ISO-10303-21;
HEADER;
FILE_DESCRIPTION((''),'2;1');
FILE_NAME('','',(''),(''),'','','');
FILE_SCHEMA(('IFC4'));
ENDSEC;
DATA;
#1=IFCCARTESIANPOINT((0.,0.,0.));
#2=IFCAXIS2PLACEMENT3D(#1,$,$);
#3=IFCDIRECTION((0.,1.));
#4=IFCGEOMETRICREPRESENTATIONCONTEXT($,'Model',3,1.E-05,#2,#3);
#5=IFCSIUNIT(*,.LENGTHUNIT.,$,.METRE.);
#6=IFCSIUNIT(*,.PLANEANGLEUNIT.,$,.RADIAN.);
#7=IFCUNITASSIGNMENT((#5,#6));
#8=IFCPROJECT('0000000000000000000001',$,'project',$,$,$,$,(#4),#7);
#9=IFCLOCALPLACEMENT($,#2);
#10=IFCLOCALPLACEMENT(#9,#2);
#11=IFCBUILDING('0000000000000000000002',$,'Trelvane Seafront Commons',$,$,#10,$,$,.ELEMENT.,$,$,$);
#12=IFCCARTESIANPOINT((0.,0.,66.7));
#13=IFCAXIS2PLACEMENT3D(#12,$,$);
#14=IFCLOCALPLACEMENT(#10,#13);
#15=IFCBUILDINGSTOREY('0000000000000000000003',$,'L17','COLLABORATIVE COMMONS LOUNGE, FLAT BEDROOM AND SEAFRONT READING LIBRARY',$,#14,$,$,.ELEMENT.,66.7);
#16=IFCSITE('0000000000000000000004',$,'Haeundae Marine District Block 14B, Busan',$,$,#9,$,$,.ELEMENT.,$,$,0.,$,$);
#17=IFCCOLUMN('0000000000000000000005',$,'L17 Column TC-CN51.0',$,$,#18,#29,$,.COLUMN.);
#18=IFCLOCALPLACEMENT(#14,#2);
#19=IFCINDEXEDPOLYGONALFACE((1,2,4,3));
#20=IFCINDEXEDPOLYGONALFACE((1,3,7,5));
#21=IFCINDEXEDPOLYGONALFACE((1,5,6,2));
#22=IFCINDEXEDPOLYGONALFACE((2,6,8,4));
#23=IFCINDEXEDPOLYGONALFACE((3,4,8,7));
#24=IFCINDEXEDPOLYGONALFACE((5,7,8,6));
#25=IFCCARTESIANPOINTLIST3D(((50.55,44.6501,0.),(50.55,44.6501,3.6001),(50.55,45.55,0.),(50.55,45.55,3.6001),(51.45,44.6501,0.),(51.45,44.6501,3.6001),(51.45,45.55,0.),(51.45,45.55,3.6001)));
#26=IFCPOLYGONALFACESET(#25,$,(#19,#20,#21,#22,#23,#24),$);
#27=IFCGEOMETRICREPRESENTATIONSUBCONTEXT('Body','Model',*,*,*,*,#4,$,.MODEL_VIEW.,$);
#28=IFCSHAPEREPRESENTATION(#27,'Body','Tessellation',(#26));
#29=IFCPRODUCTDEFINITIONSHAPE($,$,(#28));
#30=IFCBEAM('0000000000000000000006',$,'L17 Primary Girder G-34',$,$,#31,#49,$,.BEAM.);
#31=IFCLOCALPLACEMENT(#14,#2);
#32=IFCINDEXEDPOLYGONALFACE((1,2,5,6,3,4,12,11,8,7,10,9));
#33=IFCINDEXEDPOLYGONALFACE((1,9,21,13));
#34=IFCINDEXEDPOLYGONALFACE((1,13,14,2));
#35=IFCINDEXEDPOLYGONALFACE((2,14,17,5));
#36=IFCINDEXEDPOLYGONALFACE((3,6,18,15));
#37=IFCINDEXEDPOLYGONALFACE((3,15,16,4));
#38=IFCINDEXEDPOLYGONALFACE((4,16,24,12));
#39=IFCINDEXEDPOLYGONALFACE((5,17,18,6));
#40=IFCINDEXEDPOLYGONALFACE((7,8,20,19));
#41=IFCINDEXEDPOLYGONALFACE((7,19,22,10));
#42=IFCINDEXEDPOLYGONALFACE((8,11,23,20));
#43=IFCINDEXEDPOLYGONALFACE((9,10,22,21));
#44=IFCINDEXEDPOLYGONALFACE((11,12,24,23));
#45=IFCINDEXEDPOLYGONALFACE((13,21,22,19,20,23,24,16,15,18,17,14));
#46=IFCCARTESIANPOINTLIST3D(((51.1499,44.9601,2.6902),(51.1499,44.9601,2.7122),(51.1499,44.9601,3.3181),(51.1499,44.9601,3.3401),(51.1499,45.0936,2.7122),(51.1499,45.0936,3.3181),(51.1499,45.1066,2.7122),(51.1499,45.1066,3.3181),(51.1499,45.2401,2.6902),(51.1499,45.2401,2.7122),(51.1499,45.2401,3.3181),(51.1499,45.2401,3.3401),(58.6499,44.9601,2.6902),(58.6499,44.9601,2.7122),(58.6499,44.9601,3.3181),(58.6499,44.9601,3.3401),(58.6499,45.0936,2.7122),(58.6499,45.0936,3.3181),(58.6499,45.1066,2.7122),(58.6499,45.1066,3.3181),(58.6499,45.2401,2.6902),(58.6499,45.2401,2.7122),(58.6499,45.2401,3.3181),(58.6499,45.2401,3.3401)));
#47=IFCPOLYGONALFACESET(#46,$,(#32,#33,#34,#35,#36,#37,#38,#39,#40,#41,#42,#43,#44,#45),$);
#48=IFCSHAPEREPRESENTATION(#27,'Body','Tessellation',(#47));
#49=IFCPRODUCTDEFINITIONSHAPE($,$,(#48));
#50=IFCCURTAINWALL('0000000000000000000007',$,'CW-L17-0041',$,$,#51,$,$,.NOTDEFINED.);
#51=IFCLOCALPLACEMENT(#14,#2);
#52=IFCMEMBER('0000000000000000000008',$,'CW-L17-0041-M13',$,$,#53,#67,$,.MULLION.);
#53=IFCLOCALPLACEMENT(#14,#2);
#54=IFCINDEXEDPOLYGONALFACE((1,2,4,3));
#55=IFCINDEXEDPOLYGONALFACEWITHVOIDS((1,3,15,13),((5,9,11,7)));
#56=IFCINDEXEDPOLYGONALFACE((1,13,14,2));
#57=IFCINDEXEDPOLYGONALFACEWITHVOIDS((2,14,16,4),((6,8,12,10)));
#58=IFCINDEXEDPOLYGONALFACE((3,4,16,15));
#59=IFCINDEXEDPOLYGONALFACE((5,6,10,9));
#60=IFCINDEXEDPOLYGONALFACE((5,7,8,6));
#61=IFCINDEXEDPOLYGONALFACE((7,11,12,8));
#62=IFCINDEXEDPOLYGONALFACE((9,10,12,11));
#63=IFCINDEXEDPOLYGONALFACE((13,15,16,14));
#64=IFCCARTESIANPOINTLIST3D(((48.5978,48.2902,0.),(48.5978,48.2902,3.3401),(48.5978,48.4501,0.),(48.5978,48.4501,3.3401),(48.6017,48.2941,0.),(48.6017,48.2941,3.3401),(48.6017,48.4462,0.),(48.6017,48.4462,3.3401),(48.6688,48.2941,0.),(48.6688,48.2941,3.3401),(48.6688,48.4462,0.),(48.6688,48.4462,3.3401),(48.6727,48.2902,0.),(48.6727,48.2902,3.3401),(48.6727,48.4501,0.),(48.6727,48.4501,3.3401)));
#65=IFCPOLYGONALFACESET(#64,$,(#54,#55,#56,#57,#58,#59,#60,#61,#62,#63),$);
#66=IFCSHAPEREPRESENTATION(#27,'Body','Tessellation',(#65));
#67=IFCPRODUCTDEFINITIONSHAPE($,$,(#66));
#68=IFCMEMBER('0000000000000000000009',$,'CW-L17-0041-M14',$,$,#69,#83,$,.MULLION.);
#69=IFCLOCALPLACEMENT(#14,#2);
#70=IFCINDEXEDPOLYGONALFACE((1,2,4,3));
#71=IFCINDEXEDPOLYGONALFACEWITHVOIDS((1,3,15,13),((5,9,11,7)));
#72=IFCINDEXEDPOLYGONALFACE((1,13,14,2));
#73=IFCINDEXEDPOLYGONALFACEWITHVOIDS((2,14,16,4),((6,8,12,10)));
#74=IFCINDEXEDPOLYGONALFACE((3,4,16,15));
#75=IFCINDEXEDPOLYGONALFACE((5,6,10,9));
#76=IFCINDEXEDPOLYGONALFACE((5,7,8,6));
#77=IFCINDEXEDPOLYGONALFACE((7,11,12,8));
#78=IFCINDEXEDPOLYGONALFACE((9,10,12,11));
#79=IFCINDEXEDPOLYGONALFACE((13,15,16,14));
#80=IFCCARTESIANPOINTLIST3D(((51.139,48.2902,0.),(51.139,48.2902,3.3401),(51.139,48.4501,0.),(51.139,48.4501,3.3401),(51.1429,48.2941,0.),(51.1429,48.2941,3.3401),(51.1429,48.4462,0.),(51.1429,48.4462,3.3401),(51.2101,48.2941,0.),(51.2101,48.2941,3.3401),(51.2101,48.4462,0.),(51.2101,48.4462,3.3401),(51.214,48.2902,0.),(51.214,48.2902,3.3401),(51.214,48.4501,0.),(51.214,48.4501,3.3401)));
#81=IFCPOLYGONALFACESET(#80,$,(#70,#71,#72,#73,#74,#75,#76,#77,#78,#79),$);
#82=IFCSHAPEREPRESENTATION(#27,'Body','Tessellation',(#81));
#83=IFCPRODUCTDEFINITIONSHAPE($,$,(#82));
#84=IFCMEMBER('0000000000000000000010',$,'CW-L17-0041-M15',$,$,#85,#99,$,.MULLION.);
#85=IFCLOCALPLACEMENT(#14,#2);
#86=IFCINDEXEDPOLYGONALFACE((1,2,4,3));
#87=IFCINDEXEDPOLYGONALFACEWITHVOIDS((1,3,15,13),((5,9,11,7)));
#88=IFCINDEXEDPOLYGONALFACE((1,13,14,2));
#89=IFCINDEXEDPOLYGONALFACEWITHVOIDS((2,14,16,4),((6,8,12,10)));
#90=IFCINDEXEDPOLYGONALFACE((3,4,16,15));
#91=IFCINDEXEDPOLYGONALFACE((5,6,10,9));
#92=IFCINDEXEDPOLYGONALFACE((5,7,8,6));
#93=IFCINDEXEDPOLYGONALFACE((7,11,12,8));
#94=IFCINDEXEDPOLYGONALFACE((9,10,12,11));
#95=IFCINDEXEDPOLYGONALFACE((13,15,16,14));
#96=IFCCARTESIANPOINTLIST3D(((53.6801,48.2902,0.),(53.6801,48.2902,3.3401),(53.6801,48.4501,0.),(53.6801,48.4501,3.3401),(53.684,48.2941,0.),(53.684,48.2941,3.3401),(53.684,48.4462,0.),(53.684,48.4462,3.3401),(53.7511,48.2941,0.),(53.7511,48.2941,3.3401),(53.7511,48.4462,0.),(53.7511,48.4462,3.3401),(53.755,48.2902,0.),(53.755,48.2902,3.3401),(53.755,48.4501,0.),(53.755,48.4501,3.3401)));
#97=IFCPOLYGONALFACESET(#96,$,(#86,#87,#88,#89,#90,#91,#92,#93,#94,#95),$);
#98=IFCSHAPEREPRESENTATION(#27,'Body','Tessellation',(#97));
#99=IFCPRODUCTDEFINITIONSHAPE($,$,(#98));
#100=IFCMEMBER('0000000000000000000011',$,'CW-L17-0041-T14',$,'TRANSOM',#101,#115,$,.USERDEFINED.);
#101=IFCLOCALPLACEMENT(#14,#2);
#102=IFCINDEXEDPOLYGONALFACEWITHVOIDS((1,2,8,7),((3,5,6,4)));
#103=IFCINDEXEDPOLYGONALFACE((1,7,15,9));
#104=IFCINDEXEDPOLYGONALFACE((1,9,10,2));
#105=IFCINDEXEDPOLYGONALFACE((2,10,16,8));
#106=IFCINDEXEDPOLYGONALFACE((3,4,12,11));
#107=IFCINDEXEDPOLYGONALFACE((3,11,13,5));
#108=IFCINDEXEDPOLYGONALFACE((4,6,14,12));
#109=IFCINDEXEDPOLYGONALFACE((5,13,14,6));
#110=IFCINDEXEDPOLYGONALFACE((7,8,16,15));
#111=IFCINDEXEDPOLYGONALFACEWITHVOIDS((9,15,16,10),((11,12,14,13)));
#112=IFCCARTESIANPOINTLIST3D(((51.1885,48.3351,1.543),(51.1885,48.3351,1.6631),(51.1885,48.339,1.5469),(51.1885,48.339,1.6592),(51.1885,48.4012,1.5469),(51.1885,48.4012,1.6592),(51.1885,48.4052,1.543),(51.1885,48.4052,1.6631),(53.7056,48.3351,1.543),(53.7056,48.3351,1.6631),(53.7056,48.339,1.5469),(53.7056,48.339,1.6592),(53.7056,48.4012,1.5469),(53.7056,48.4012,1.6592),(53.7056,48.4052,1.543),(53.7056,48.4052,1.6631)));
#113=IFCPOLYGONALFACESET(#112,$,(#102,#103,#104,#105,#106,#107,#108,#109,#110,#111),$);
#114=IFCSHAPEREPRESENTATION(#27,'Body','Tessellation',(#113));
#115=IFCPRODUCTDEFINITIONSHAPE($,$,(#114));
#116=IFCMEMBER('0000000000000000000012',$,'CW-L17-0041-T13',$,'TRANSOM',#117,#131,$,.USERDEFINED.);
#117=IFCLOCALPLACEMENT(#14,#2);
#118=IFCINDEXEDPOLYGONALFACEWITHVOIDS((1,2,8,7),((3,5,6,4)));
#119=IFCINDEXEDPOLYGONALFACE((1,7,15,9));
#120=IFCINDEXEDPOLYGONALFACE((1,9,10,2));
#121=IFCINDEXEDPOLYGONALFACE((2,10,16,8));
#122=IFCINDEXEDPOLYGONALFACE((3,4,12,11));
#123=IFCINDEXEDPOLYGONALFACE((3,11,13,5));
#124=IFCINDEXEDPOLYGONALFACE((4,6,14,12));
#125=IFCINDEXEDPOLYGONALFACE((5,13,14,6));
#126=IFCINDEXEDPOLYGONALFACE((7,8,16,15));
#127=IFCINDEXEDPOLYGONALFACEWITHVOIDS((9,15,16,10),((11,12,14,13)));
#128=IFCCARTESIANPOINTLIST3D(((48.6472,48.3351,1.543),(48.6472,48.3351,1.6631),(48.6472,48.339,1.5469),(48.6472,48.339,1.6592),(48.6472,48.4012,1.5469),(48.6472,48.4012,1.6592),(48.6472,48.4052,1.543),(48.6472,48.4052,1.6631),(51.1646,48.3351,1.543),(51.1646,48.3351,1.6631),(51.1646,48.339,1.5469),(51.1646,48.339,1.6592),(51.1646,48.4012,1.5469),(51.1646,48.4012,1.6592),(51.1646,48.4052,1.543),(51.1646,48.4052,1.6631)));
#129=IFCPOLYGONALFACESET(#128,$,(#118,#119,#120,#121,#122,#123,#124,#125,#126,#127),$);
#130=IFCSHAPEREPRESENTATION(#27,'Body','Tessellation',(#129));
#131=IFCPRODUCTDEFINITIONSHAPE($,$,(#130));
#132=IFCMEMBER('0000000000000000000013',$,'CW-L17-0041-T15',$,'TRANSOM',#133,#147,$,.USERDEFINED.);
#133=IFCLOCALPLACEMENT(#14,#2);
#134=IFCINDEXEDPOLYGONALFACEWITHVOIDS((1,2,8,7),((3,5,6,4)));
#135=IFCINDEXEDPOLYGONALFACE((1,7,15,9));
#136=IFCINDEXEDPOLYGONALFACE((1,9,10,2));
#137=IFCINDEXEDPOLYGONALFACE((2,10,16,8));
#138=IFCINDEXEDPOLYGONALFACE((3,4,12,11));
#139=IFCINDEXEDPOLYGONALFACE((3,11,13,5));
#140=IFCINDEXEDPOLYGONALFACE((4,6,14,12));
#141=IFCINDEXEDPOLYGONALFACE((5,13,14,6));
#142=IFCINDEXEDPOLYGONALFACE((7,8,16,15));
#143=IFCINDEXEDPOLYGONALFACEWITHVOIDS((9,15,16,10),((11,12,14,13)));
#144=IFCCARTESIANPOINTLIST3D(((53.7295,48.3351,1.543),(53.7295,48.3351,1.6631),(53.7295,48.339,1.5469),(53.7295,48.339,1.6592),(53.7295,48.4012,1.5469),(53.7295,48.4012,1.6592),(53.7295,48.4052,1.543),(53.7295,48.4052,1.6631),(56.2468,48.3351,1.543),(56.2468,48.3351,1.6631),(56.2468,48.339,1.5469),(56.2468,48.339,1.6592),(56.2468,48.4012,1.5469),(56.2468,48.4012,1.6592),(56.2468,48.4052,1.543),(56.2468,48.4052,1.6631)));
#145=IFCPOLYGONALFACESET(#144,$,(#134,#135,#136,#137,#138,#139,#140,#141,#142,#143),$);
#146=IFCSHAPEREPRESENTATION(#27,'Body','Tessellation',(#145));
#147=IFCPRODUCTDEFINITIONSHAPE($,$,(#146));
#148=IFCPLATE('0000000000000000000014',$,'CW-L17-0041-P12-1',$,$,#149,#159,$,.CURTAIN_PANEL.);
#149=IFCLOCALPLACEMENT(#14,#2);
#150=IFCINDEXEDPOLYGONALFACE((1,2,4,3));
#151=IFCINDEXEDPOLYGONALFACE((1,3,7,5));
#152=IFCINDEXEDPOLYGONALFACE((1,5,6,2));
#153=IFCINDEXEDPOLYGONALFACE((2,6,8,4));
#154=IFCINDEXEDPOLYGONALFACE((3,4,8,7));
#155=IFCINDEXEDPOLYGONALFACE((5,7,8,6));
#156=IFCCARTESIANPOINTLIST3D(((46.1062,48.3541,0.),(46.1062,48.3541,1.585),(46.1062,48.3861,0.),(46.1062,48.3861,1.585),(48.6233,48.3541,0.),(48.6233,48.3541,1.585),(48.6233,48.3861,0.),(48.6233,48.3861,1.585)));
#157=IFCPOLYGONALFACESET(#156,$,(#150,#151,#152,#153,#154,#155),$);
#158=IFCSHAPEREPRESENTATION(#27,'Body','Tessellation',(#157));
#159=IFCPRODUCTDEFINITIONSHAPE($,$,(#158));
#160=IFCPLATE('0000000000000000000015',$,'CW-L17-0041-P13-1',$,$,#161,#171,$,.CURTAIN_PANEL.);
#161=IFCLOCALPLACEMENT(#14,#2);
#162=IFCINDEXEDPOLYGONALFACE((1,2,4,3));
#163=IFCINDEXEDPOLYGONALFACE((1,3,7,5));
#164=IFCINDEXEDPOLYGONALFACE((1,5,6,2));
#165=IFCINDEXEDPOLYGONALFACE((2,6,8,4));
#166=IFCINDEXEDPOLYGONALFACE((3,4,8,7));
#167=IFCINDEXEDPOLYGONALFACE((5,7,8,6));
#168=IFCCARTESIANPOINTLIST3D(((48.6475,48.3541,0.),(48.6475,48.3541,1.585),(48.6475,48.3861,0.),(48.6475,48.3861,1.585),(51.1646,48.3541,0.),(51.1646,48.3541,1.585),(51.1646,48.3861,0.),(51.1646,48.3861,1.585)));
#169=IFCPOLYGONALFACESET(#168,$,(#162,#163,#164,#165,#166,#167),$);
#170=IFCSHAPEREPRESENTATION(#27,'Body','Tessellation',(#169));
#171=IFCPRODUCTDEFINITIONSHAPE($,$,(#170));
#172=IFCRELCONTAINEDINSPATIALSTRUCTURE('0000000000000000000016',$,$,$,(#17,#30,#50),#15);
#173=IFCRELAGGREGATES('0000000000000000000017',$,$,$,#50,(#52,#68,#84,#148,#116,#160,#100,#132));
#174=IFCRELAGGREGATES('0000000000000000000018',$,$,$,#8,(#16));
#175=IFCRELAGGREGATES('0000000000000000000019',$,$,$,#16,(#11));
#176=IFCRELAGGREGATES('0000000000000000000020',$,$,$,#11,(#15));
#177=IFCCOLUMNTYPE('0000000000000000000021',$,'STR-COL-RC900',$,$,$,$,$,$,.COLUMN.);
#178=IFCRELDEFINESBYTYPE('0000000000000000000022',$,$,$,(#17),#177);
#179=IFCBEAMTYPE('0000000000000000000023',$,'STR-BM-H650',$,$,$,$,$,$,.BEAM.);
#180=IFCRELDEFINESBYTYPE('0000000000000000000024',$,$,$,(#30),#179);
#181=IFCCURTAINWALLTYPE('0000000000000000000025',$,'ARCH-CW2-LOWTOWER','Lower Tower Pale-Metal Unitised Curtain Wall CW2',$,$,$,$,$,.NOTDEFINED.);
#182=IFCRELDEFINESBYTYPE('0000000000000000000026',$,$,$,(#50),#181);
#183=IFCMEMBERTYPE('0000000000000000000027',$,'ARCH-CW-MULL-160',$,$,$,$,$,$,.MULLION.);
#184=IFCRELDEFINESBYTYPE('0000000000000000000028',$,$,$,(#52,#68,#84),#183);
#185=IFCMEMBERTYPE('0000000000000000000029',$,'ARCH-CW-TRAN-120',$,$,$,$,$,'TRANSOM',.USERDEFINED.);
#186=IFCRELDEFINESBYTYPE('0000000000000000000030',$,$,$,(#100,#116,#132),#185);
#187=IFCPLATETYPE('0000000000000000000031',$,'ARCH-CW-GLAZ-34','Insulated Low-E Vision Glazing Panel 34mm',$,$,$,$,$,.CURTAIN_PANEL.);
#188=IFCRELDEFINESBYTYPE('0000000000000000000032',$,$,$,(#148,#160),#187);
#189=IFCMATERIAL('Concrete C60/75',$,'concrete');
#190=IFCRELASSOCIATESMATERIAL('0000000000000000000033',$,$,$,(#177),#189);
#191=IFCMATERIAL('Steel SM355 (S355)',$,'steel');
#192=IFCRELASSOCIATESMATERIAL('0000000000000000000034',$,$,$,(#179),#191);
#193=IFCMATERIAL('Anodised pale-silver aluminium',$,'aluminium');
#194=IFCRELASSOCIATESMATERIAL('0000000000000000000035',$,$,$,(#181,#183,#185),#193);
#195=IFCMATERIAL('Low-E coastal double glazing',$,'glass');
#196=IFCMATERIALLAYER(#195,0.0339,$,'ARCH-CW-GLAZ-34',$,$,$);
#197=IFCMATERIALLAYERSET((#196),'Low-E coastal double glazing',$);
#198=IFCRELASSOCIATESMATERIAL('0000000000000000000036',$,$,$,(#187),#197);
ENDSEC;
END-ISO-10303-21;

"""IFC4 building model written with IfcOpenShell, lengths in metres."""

from ifc_helpers import new_model, si_unit, direction, frame, origin, origin_2d, place, context, subcontext, project, spatial, rectangle, hollow_rectangle, i_section, extrude, source, transform, mapped, material, layer, layer_set, material_profile, profile_set, type_object, element, aggregate, save


model = new_model("IFC4")

# Units and contexts
model_context = context("Model", 3, precision=1e-05, world=origin(), true_north=direction((0.0, 1.0)))
body_context = subcontext(model_context, "Body", "Model", "MODEL_VIEW")
ifc_project = project(units=[si_unit("LENGTHUNIT", "METRE"), si_unit("PLANEANGLEUNIT", "RADIAN")], contexts=[model_context])

# Site, building, storey
site_placement = place(None, origin())
site = spatial("IfcSite", under=ifc_project, at=site_placement, Name="Haeundae Marine District Block 14B, Busan", CompositionType="ELEMENT", RefElevation=0.0)
building_placement = place(site_placement, origin())
building = spatial("IfcBuilding", under=site, at=building_placement, Name="Trelvane Seafront Commons", CompositionType="ELEMENT")
storey_placement = place(building_placement, frame((0.0, 0.0, 66.7)))
storey = spatial("IfcBuildingStorey", under=building, at=storey_placement, Name="L17", Description="COLLABORATIVE COMMONS LOUNGE, FLAT BEDROOM AND SEAFRONT READING LIBRARY", CompositionType="ELEMENT", Elevation=66.7)

# Column
ifc_material_1 = material(Name="Concrete C60/75", Category="concrete")
ifc_material_profile_1 = material_profile(ifc_material_1, rectangle(XDim=0.8999, YDim=0.8999, at=origin_2d()), Name="RC-900x900")
ifc_profile_set_1 = profile_set([ifc_material_profile_1], Name="Concrete C60/75")
column_type = type_object("IfcColumnType", Name="STR-COL-RC900", PredefinedType="COLUMN", material=ifc_profile_set_1)
shared_shape_1 = source(origin(), body_context, "Body", "SweptSolid", [
    extrude(rectangle(XDim=0.8999, YDim=0.8999, at=origin_2d()), origin(), (0.0, 0.0, 1.0), 3.6001),
])
column_placement = place(storey_placement, frame((51.0, 45.1001, 0.0), z_axis=(0.0, 0.0, 1.0), x_axis=(1.0, 0.0, 0.0)))
element("IfcColumn", 1, at=column_placement, inside=storey, type_object=column_type, Name="L17 Column TC-CN51.0", PredefinedType="COLUMN", context=body_context, shape_type="MappedRepresentation", body=[
    mapped(shared_shape_1, transform((0.0, 0.0, 0.0), x_axis=(1.0, 0.0, 0.0), y_axis=(0.0, 1.0, 0.0), z_axis=(0.0, 0.0, 1.0), scale=1.0)),
])

# Beam
ifc_material_2 = material(Name="Steel SM355 (S355)", Category="steel")
ifc_material_profile_2 = material_profile(ifc_material_2, i_section(OverallWidth=0.28, OverallDepth=0.6499, WebThickness=0.0129, FlangeThickness=0.022, at=origin_2d()), Name="H-650x280x13x22")
ifc_profile_set_2 = profile_set([ifc_material_profile_2], Name="Steel SM355 (S355)")
beam_type = type_object("IfcBeamType", Name="STR-BM-H650", PredefinedType="BEAM", material=ifc_profile_set_2)
shared_shape_2 = source(origin(), body_context, "Body", "SweptSolid", [
    extrude(i_section(OverallWidth=0.28, OverallDepth=0.6499, WebThickness=0.0129, FlangeThickness=0.022, at=origin_2d()), origin(), (0.0, 0.0, 1.0), 7.5),
])
beam_placement = place(storey_placement, frame((51.1499, 45.1001, 3.0151), z_axis=(1.0, 0.0, 0.0), x_axis=(0.0, 1.0, 0.0)))
element("IfcBeam", 2, at=beam_placement, inside=storey, type_object=beam_type, Name="L17 Primary Girder G-34", PredefinedType="BEAM", context=body_context, shape_type="MappedRepresentation", body=[
    mapped(shared_shape_2, transform((0.0, 0.0, 0.0), x_axis=(1.0, 0.0, 0.0), y_axis=(0.0, 1.0, 0.0), z_axis=(0.0, 0.0, 1.0), scale=1.0)),
])

# Curtain wall, members, plates
ifc_material_3 = material(Name="Anodised pale-silver aluminium", Category="aluminium")
curtain_wall_type = type_object("IfcCurtainWallType", Name="ARCH-CW2-LOWTOWER", Description="Lower Tower Pale-Metal Unitised Curtain Wall CW2", PredefinedType="NOTDEFINED", material=ifc_material_3)
curtain_wall_placement = place(storey_placement, origin())
curtain_wall = element("IfcCurtainWall", 3, at=curtain_wall_placement, inside=storey, type_object=curtain_wall_type, Name="CW-L17-0041", PredefinedType="NOTDEFINED")
ifc_material_profile_3 = material_profile(ifc_material_3, hollow_rectangle(XDim=0.075, YDim=0.1599, WallThickness=0.0039, at=origin_2d()), Name="MULL-75x160x4")
ifc_profile_set_3 = profile_set([ifc_material_profile_3], Name="Anodised pale-silver aluminium")
member_type_1 = type_object("IfcMemberType", Name="ARCH-CW-MULL-160", PredefinedType="MULLION", material=ifc_profile_set_3)
shared_shape_3 = source(origin(), body_context, "Body", "SweptSolid", [
    extrude(hollow_rectangle(XDim=0.075, YDim=0.1599, WallThickness=0.0039, at=origin_2d()), origin(), (0.0, 0.0, 1.0), 3.3401),
])
member_1_placement = place(storey_placement, frame((48.6353, 48.3701, 0.0), z_axis=(0.0, 0.0, 1.0), x_axis=(1.0, 0.0, 0.0)))
member_1 = element("IfcMember", 4, at=member_1_placement, type_object=member_type_1, Name="CW-L17-0041-M13", PredefinedType="MULLION", context=body_context, shape_type="MappedRepresentation", body=[
    mapped(shared_shape_3, transform((0.0, 0.0, 0.0), x_axis=(1.0, 0.0, 0.0), y_axis=(0.0, 1.0, 0.0), z_axis=(0.0, 0.0, 1.0), scale=1.0)),
])
member_2_placement = place(storey_placement, frame((51.1765, 48.3701, 0.0), z_axis=(0.0, 0.0, 1.0), x_axis=(1.0, 0.0, 0.0)))
member_2 = element("IfcMember", 5, at=member_2_placement, type_object=member_type_1, Name="CW-L17-0041-M14", PredefinedType="MULLION", context=body_context, shape_type="MappedRepresentation", body=[
    mapped(shared_shape_3, transform((0.0, 0.0, 0.0), x_axis=(1.0, 0.0, 0.0), y_axis=(0.0, 1.0, 0.0), z_axis=(0.0, 0.0, 1.0), scale=1.0)),
])
member_3_placement = place(storey_placement, frame((53.7175, 48.3701, 0.0), z_axis=(0.0, 0.0, 1.0), x_axis=(1.0, 0.0, 0.0)))
member_3 = element("IfcMember", 6, at=member_3_placement, type_object=member_type_1, Name="CW-L17-0041-M15", PredefinedType="MULLION", context=body_context, shape_type="MappedRepresentation", body=[
    mapped(shared_shape_3, transform((0.0, 0.0, 0.0), x_axis=(1.0, 0.0, 0.0), y_axis=(0.0, 1.0, 0.0), z_axis=(0.0, 0.0, 1.0), scale=1.0)),
])
ifc_material_profile_4 = material_profile(ifc_material_3, hollow_rectangle(XDim=0.0701, YDim=0.1201, WallThickness=0.0039, at=origin_2d()), Name="TRAN-70x120x4")
ifc_profile_set_4 = profile_set([ifc_material_profile_4], Name="Anodised pale-silver aluminium")
member_type_2 = type_object("IfcMemberType", Name="ARCH-CW-TRAN-120", ElementType="TRANSOM", PredefinedType="USERDEFINED", material=ifc_profile_set_4)
shared_shape_4 = source(origin(), body_context, "Body", "SweptSolid", [
    extrude(hollow_rectangle(XDim=0.0701, YDim=0.1201, WallThickness=0.0039, at=origin_2d()), origin(), (0.0, 0.0, 1.0), 2.5171),
])
member_4_placement = place(storey_placement, frame((51.1885, 48.3701, 1.603), z_axis=(1.0, 0.0, 0.0), x_axis=(0.0, 1.0, 0.0)))
member_4 = element("IfcMember", 7, at=member_4_placement, type_object=member_type_2, Name="CW-L17-0041-T14", ObjectType="TRANSOM", PredefinedType="USERDEFINED", context=body_context, shape_type="MappedRepresentation", body=[
    mapped(shared_shape_4, transform((0.0, 0.0, 0.0), x_axis=(1.0, 0.0, 0.0), y_axis=(0.0, 1.0, 0.0), z_axis=(0.0, 0.0, 1.0), scale=1.0)),
])
shared_shape_5 = source(origin(), body_context, "Body", "SweptSolid", [
    extrude(hollow_rectangle(XDim=0.0701, YDim=0.1201, WallThickness=0.0039, at=origin_2d()), origin(), (0.0, 0.0, 1.0), 2.5173),
])
member_5_placement = place(storey_placement, frame((48.6472, 48.3701, 1.603), z_axis=(1.0, 0.0, 0.0), x_axis=(0.0, 1.0, 0.0)))
member_5 = element("IfcMember", 8, at=member_5_placement, type_object=member_type_2, Name="CW-L17-0041-T13", ObjectType="TRANSOM", PredefinedType="USERDEFINED", context=body_context, shape_type="MappedRepresentation", body=[
    mapped(shared_shape_5, transform((0.0, 0.0, 0.0), x_axis=(1.0, 0.0, 0.0), y_axis=(0.0, 1.0, 0.0), z_axis=(0.0, 0.0, 1.0), scale=1.0)),
])
member_6_placement = place(storey_placement, frame((53.7295, 48.3701, 1.603), z_axis=(1.0, 0.0, 0.0), x_axis=(0.0, 1.0, 0.0)))
member_6 = element("IfcMember", 9, at=member_6_placement, type_object=member_type_2, Name="CW-L17-0041-T15", ObjectType="TRANSOM", PredefinedType="USERDEFINED", context=body_context, shape_type="MappedRepresentation", body=[
    mapped(shared_shape_5, transform((0.0, 0.0, 0.0), x_axis=(1.0, 0.0, 0.0), y_axis=(0.0, 1.0, 0.0), z_axis=(0.0, 0.0, 1.0), scale=1.0)),
])
ifc_material_4 = material(Name="Low-E coastal double glazing", Category="glass")
ifc_layer_1 = layer(ifc_material_4, 0.0339, Name="ARCH-CW-GLAZ-34")
ifc_layer_set_1 = layer_set([ifc_layer_1], Name="Low-E coastal double glazing")
plate_type_1 = type_object("IfcPlateType", Name="ARCH-CW-GLAZ-34", Description="Insulated Low-E Vision Glazing Panel 34mm", PredefinedType="CURTAIN_PANEL", material=ifc_layer_set_1)
shared_shape_6 = source(origin(), body_context, "Body", "SweptSolid", [
    extrude(rectangle(XDim=2.5171, YDim=0.032, at=origin_2d()), origin(), (0.0, 0.0, 1.0), 1.585),
])
plate_1_placement = place(storey_placement, frame((47.3647, 48.3701, 0.0), z_axis=(0.0, 0.0, 1.0), x_axis=(1.0, 0.0, 0.0)))
plate_1 = element("IfcPlate", 10, at=plate_1_placement, type_object=plate_type_1, Name="CW-L17-0041-P12-1", PredefinedType="CURTAIN_PANEL", context=body_context, shape_type="MappedRepresentation", body=[
    mapped(shared_shape_6, transform((0.0, 0.0, 0.0), x_axis=(1.0, 0.0, 0.0), y_axis=(0.0, 1.0, 0.0), z_axis=(0.0, 0.0, 1.0), scale=1.0)),
])
plate_2_placement = place(storey_placement, frame((49.906, 48.3701, 0.0), z_axis=(0.0, 0.0, 1.0), x_axis=(1.0, 0.0, 0.0)))
plate_2 = element("IfcPlate", 11, at=plate_2_placement, type_object=plate_type_1, Name="CW-L17-0041-P13-1", PredefinedType="CURTAIN_PANEL", context=body_context, shape_type="MappedRepresentation", body=[
    mapped(shared_shape_6, transform((0.0, 0.0, 0.0), x_axis=(1.0, 0.0, 0.0), y_axis=(0.0, 1.0, 0.0), z_axis=(0.0, 0.0, 1.0), scale=1.0)),
])
aggregate(curtain_wall, [member_1, member_2, member_3, plate_1, member_5, plate_2, member_4, member_6])

save(model, "model.ifc")
